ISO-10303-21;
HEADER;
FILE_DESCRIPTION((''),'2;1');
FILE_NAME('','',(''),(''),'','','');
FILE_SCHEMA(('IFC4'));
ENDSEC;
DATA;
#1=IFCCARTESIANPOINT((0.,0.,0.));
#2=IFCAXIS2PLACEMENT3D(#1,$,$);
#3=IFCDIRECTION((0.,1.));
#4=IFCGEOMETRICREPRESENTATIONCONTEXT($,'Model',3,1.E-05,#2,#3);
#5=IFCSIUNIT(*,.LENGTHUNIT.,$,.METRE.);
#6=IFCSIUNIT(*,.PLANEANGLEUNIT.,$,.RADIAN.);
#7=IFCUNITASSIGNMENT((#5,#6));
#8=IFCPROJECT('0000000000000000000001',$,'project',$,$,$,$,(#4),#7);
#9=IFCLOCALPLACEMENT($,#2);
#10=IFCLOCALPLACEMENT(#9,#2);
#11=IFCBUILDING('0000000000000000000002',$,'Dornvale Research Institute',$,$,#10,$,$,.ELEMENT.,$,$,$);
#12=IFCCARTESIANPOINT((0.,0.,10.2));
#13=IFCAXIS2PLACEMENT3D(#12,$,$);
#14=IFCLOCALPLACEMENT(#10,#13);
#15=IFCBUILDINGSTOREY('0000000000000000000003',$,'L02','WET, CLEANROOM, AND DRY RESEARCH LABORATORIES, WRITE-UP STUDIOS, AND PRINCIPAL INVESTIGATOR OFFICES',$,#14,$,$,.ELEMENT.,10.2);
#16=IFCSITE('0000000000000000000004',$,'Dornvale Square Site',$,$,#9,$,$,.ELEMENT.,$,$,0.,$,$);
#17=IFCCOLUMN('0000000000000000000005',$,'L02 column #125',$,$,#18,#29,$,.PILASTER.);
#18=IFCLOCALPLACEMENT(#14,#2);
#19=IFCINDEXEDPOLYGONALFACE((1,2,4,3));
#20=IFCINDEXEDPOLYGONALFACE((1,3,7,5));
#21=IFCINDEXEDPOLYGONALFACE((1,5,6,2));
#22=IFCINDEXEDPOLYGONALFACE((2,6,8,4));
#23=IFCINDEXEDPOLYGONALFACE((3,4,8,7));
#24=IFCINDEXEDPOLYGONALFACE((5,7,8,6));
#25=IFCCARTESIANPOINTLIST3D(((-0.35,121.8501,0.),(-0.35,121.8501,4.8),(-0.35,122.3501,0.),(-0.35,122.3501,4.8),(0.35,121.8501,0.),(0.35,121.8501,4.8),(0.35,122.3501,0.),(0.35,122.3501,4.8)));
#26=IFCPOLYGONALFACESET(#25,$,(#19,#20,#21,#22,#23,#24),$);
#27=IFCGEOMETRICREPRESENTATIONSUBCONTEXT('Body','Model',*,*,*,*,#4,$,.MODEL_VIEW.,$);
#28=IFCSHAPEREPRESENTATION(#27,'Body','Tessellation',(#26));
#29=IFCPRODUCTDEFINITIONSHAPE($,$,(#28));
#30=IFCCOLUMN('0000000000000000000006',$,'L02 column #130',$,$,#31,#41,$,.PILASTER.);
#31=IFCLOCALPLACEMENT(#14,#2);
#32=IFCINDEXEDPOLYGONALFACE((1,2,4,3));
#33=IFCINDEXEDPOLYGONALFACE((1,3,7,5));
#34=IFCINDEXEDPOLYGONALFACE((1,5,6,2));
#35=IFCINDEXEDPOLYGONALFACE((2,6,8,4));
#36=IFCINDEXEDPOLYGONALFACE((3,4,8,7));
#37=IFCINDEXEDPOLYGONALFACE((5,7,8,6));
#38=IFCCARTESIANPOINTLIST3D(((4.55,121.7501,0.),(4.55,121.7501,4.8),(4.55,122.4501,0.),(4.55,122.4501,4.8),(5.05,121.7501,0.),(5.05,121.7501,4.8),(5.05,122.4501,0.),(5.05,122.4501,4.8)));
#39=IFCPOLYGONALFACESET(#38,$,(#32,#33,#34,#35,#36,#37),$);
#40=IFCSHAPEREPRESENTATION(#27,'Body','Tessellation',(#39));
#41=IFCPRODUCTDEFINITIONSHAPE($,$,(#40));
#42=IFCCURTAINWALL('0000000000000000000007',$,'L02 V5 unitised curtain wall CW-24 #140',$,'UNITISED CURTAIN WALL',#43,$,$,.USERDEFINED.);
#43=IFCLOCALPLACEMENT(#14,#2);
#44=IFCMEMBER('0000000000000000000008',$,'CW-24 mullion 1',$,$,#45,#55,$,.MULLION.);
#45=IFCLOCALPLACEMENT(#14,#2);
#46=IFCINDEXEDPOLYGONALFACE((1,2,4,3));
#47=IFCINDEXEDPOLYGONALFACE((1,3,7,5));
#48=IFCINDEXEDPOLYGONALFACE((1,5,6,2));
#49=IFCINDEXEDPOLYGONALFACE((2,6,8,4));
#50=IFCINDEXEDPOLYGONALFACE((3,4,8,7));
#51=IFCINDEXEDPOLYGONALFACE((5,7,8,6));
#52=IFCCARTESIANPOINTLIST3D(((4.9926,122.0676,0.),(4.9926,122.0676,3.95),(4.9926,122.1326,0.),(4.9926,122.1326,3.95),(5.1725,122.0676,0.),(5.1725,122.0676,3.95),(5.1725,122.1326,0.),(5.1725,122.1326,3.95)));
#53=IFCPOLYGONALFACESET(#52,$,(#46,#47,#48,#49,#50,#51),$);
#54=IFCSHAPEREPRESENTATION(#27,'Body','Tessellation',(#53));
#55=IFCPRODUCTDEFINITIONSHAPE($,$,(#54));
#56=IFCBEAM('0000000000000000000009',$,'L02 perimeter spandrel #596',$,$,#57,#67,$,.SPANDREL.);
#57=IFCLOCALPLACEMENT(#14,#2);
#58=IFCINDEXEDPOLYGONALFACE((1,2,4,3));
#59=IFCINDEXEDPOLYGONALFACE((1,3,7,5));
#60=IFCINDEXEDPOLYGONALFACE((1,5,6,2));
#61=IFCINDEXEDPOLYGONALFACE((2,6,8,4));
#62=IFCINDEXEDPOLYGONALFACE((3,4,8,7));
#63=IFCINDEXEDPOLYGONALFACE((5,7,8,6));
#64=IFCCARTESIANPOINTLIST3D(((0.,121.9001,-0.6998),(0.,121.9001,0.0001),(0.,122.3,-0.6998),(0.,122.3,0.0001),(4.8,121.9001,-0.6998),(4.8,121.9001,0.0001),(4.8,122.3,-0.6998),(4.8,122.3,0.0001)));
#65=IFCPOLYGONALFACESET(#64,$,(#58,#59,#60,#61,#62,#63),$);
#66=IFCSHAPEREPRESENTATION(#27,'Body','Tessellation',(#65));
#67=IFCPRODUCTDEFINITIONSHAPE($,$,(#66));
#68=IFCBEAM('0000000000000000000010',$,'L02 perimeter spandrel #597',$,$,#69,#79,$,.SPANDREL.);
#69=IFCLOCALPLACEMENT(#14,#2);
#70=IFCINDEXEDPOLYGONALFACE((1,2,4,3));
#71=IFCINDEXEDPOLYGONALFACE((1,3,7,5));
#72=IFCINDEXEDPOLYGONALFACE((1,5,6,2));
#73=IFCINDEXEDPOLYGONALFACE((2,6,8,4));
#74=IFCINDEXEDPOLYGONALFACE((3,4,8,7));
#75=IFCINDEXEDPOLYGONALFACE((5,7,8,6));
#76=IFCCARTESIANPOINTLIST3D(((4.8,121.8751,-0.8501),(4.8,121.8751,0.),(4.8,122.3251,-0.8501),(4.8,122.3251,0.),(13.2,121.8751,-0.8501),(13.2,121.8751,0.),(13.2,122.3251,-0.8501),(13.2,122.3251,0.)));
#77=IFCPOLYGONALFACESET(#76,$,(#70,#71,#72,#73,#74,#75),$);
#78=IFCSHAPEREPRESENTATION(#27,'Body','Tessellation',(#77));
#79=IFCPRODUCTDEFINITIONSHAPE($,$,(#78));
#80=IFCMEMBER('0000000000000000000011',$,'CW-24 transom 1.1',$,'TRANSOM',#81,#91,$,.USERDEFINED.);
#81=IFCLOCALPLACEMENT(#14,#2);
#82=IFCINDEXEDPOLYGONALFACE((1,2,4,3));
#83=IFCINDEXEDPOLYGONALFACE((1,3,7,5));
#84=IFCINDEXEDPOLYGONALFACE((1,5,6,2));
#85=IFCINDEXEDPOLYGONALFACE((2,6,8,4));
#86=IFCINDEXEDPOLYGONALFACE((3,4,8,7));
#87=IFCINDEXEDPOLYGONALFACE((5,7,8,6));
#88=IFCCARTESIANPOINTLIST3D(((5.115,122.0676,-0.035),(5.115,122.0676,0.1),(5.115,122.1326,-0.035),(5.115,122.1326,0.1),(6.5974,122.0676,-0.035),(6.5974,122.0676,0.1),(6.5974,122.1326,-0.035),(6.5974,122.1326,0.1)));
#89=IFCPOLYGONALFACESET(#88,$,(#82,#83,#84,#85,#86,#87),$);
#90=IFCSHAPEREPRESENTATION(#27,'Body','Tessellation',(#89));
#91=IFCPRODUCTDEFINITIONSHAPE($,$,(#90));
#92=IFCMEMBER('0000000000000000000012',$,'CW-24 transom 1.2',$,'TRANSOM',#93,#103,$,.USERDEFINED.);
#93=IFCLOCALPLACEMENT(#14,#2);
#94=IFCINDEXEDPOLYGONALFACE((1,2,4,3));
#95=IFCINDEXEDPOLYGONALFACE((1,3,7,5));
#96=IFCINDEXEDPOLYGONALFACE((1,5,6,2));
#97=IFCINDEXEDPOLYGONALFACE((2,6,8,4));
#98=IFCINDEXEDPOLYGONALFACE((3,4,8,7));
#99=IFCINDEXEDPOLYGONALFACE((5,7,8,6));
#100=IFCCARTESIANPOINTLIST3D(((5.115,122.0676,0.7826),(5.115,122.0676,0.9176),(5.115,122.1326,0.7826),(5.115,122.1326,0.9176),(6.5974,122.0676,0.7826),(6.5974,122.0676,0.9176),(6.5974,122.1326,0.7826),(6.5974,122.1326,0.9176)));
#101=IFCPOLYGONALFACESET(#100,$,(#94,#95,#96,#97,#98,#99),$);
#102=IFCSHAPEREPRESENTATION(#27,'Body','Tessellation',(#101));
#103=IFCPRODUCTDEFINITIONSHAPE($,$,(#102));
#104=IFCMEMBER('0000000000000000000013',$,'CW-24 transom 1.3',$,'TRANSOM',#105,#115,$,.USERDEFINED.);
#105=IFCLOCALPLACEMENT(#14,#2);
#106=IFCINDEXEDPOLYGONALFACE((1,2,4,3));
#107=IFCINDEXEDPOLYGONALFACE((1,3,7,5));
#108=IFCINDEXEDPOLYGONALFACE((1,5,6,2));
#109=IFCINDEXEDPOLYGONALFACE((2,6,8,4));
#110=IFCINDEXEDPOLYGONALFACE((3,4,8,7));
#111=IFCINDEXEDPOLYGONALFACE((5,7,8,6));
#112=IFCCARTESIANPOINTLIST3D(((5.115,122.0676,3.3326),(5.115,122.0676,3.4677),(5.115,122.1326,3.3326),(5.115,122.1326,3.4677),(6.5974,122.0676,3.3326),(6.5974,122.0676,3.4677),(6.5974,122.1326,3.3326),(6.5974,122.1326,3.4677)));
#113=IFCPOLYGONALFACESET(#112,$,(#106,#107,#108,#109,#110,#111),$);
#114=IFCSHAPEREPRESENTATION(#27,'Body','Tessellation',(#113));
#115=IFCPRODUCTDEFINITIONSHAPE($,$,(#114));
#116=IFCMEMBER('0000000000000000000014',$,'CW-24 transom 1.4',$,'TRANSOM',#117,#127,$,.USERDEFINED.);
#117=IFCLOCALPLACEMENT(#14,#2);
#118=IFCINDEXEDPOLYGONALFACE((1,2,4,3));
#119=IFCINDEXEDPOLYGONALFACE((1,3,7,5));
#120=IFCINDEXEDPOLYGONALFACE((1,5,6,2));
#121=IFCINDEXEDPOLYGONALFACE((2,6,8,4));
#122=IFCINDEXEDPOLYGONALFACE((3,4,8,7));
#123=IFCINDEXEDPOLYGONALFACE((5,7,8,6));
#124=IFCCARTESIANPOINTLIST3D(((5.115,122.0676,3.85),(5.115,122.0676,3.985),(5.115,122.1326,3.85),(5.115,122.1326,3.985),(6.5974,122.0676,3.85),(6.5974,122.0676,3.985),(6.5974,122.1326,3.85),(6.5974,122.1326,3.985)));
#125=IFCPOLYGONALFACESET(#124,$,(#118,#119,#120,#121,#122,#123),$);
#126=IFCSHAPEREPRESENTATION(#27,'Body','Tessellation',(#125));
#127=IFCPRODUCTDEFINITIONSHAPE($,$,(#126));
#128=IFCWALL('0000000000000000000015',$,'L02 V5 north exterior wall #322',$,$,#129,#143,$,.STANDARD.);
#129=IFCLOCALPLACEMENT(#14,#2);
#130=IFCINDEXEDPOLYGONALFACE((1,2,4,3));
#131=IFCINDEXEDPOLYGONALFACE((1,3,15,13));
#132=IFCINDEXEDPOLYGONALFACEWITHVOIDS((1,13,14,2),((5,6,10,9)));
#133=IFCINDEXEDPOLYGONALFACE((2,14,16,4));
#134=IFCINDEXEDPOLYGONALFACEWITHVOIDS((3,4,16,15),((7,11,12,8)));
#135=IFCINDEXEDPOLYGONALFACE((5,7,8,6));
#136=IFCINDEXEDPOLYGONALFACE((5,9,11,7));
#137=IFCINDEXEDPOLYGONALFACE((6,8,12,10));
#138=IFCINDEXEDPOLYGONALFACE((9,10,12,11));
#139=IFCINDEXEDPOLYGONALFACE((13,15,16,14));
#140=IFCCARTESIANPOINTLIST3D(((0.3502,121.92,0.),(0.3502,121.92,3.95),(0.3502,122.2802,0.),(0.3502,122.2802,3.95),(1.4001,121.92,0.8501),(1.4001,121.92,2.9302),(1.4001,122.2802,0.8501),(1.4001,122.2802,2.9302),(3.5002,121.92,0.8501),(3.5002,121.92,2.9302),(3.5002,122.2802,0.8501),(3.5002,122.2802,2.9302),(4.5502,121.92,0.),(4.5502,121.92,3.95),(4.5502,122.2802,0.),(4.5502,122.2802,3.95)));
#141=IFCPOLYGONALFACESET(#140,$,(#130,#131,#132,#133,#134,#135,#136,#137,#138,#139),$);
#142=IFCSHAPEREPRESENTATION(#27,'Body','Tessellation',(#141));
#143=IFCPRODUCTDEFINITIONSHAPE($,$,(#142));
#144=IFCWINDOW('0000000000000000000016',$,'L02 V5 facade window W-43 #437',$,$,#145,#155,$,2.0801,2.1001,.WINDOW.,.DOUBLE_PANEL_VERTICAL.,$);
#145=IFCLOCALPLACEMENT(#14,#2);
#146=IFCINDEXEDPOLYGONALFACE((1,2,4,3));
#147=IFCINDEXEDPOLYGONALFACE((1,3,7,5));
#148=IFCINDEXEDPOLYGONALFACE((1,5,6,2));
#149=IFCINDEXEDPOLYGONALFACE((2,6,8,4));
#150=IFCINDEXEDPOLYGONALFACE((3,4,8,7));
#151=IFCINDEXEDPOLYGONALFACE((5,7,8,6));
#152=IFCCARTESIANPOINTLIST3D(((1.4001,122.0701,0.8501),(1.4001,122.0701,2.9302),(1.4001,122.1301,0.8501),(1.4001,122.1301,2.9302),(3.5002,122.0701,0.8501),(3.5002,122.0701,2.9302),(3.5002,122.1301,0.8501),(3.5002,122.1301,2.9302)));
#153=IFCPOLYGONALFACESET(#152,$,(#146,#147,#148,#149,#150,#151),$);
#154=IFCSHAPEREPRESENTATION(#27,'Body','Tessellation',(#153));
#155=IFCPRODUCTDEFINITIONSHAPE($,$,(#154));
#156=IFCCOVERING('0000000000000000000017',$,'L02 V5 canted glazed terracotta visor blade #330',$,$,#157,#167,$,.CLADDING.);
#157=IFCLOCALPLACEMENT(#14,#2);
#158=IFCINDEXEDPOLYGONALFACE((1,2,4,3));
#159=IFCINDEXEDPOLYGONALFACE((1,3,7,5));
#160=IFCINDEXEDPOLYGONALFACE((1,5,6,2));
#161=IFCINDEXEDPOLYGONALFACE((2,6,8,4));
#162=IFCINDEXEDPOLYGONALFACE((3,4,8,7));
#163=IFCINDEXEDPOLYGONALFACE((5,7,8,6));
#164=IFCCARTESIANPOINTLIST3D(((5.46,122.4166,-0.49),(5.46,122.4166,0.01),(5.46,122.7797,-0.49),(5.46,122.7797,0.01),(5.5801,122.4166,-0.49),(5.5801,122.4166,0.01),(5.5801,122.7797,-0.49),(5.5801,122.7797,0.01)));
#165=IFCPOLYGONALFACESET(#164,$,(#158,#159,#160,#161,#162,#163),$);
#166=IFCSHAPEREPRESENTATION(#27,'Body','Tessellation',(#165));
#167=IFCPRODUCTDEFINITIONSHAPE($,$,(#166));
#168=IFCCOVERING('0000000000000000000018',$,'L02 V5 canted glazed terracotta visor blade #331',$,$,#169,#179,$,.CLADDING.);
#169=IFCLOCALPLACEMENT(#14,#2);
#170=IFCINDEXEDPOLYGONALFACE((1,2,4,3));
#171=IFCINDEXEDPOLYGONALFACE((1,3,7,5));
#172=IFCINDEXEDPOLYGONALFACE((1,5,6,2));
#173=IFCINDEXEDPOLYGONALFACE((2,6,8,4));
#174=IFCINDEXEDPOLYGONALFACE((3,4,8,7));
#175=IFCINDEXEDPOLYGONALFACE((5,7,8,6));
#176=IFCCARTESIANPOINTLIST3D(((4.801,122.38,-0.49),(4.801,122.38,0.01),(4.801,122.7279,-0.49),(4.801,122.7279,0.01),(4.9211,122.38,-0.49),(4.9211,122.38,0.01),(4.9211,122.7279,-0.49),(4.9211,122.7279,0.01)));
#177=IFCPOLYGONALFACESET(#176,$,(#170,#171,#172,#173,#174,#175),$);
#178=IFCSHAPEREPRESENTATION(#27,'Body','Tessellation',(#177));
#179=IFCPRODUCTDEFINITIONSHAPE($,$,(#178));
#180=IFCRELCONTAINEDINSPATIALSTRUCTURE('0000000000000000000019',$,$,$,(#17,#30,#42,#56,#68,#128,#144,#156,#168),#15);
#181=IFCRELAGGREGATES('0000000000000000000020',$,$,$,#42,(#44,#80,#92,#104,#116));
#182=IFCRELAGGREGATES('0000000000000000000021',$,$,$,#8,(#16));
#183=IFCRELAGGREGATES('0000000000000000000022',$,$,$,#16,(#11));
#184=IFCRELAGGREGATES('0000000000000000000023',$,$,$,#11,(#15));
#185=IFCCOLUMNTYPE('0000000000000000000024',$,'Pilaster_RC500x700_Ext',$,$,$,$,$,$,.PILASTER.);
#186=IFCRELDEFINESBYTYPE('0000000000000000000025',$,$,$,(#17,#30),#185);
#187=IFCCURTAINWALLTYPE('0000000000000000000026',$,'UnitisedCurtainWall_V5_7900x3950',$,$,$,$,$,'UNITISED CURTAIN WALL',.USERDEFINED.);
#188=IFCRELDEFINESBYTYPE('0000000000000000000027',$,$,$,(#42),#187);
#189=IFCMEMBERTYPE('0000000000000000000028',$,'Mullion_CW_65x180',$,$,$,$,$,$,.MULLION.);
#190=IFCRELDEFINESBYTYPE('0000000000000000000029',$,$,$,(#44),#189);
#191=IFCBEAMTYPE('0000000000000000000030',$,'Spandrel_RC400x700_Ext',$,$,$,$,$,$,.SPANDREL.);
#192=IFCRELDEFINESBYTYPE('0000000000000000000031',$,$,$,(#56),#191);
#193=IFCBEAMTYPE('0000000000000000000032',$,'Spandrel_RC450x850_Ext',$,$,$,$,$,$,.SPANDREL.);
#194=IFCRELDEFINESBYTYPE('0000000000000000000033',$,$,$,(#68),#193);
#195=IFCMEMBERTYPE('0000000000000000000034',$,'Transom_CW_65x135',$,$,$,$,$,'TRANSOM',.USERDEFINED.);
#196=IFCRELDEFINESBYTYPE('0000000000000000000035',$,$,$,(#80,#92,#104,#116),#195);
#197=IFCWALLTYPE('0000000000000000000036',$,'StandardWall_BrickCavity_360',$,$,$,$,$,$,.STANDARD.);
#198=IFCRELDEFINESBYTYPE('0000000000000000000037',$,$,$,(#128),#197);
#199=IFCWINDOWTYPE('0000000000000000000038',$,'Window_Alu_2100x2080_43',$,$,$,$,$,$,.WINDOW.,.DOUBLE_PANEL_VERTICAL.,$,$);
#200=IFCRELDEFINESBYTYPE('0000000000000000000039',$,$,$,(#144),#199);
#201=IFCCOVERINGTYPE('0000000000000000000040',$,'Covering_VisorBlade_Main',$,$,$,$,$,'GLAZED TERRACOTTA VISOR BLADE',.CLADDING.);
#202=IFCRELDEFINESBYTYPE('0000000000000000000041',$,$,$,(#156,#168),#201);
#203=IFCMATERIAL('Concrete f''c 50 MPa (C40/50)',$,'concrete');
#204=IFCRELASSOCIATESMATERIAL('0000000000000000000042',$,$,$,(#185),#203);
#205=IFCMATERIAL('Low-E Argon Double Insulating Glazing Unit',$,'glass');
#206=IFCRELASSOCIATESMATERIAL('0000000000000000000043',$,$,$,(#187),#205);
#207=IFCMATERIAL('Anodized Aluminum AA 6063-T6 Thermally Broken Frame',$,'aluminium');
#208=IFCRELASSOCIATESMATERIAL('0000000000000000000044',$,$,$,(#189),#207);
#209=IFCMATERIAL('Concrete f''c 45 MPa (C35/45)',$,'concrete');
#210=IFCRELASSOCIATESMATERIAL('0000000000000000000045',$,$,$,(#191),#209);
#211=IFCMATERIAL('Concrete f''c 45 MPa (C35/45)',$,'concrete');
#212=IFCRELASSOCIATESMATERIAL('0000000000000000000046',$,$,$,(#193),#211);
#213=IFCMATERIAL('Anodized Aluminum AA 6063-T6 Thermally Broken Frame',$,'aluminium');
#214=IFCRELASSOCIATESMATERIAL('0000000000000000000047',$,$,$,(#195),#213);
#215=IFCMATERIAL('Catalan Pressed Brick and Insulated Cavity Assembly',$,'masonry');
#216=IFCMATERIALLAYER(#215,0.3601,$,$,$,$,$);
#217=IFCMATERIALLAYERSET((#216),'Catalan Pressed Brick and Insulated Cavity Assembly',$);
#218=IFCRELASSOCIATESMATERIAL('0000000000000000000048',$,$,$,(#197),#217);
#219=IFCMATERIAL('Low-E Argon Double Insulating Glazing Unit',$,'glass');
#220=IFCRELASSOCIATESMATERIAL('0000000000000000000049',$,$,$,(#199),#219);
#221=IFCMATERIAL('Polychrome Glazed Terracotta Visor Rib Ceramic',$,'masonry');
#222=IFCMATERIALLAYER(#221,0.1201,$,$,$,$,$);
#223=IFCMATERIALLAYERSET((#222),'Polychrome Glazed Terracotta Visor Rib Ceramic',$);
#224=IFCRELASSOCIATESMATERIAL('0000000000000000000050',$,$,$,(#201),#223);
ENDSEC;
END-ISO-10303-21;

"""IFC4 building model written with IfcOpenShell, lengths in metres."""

from ifc_helpers import new_model, si_unit, direction, frame, frame_2d, origin, origin_2d, place, context, subcontext, project, spatial, rectangle, extrude, material, layer, layer_set, material_profile, profile_set, type_object, element, fill, aggregate, save


model = new_model("IFC4")

# Units and contexts
model_context = context("Model", 3, precision=1e-05, world=origin(), true_north=direction((0.0, 1.0)))
body_context = subcontext(model_context, "Body", "Model", "MODEL_VIEW")
ifc_project = project(units=[si_unit("LENGTHUNIT", "METRE"), si_unit("PLANEANGLEUNIT", "RADIAN")], contexts=[model_context])

# Site, building, storey
site_placement = place(None, origin())
site = spatial("IfcSite", under=ifc_project, at=site_placement, Name="Dornvale Square Site", CompositionType="ELEMENT", RefElevation=0.0)
building_placement = place(site_placement, origin())
building = spatial("IfcBuilding", under=site, at=building_placement, Name="Dornvale Research Institute", CompositionType="ELEMENT")
storey_placement = place(building_placement, frame((0.0, 0.0, 10.2)))
storey = spatial("IfcBuildingStorey", under=building, at=storey_placement, Name="L02", Description="WET, CLEANROOM, AND DRY RESEARCH LABORATORIES, WRITE-UP STUDIOS, AND PRINCIPAL INVESTIGATOR OFFICES", CompositionType="ELEMENT", Elevation=10.2)

# Columns
ifc_material_1 = material(Name="Concrete f'c 50 MPa (C40/50)", Category="concrete")
ifc_material_profile_1 = material_profile(ifc_material_1, rectangle(XDim=0.5, YDim=0.7, at=origin_2d()), Name="RC 500x700")
ifc_profile_set_1 = profile_set([ifc_material_profile_1], Name="Concrete f'c 50 MPa (C40/50)")
column_type = type_object("IfcColumnType", Name="Pilaster_RC500x700_Ext", PredefinedType="PILASTER", material=ifc_profile_set_1)
for number, where, z_axis, x_axis, name in (
    (1, (0.0, 122.1001, 0.0), (0.0, 0.0, 1.0), (0.0, 1.0, 0.0), "L02 column #125"),
    (2, (4.8, 122.1001, 0.0), (0.0, 0.0, 1.0), (1.0, 0.0, 0.0), "L02 column #130"),
):
    element("IfcColumn", number, at=place(storey_placement, frame(where, z_axis=z_axis, x_axis=x_axis)), inside=storey, type_object=column_type, Name=name, PredefinedType="PILASTER", context=body_context, shape_type="SweptSolid", body=[
        extrude(rectangle(XDim=0.5, YDim=0.7, at=origin_2d()), origin(), (0.0, 0.0, 1.0), 4.8),
    ])

# Curtain wall, member
ifc_material_2 = material(Name="Low-E Argon Double Insulating Glazing Unit", Category="glass")
curtain_wall_type = type_object("IfcCurtainWallType", Name="UnitisedCurtainWall_V5_7900x3950", ElementType="UNITISED CURTAIN WALL", PredefinedType="USERDEFINED", material=ifc_material_2)
curtain_wall_placement = place(storey_placement, origin())
curtain_wall = element("IfcCurtainWall", 3, at=curtain_wall_placement, inside=storey, type_object=curtain_wall_type, Name="L02 V5 unitised curtain wall CW-24 #140", ObjectType="UNITISED CURTAIN WALL", PredefinedType="USERDEFINED")
ifc_material_3 = material(Name="Anodized Aluminum AA 6063-T6 Thermally Broken Frame", Category="aluminium")
ifc_material_profile_2 = material_profile(ifc_material_3, rectangle(XDim=0.0649, YDim=0.1799, at=origin_2d()), Name="ALU MULLION 65x180")
ifc_profile_set_2 = profile_set([ifc_material_profile_2], Name="Anodized Aluminum AA 6063-T6 Thermally Broken Frame")
member_type_1 = type_object("IfcMemberType", Name="Mullion_CW_65x180", PredefinedType="MULLION", material=ifc_profile_set_2)
member_1_placement = place(storey_placement, frame((5.0825, 122.1001, 0.0), z_axis=(0.0, 0.0, 1.0), x_axis=(0.0, 1.0, 0.0)))
member_1 = element("IfcMember", 4, at=member_1_placement, type_object=member_type_1, Name="CW-24 mullion 1", PredefinedType="MULLION", context=body_context, shape_type="SweptSolid", body=[
    extrude(rectangle(XDim=0.0649, YDim=0.1799, at=origin_2d()), origin(), (0.0, 0.0, 1.0), 3.95),
])

# Beams
ifc_material_4 = material(Name="Concrete f'c 45 MPa (C35/45)", Category="concrete")
ifc_material_profile_3 = material_profile(ifc_material_4, rectangle(XDim=0.3999, YDim=0.7, at=origin_2d()), Name="RC 400x700")
ifc_profile_set_3 = profile_set([ifc_material_profile_3], Name="Concrete f'c 45 MPa (C35/45)")
beam_type_1 = type_object("IfcBeamType", Name="Spandrel_RC400x700_Ext", PredefinedType="SPANDREL", material=ifc_profile_set_3)
beam_1_placement = place(storey_placement, frame((0.0, 122.1001, -0.3499), z_axis=(1.0, 0.0, 0.0), x_axis=(0.0, 1.0, 0.0)))
element("IfcBeam", 5, at=beam_1_placement, inside=storey, type_object=beam_type_1, Name="L02 perimeter spandrel #596", PredefinedType="SPANDREL", context=body_context, shape_type="SweptSolid", body=[
    extrude(rectangle(XDim=0.3999, YDim=0.7, at=origin_2d()), origin(), (0.0, 0.0, 1.0), 4.8),
])
ifc_material_5 = material(Name="Concrete f'c 45 MPa (C35/45)", Category="concrete")
ifc_material_profile_4 = material_profile(ifc_material_5, rectangle(XDim=0.45, YDim=0.8501, at=origin_2d()), Name="RC 450x850")
ifc_profile_set_4 = profile_set([ifc_material_profile_4], Name="Concrete f'c 45 MPa (C35/45)")
beam_type_2 = type_object("IfcBeamType", Name="Spandrel_RC450x850_Ext", PredefinedType="SPANDREL", material=ifc_profile_set_4)
beam_2_placement = place(storey_placement, frame((4.8, 122.1001, -0.425), z_axis=(1.0, 0.0, 0.0), x_axis=(0.0, 1.0, 0.0)))
element("IfcBeam", 6, at=beam_2_placement, inside=storey, type_object=beam_type_2, Name="L02 perimeter spandrel #597", PredefinedType="SPANDREL", context=body_context, shape_type="SweptSolid", body=[
    extrude(rectangle(XDim=0.45, YDim=0.8501, at=origin_2d()), origin(), (0.0, 0.0, 1.0), 8.3999),
])

# Members
ifc_material_6 = material(Name="Anodized Aluminum AA 6063-T6 Thermally Broken Frame", Category="aluminium")
ifc_material_profile_5 = material_profile(ifc_material_6, rectangle(XDim=0.0649, YDim=0.135, at=origin_2d()), Name="ALU TRANSOM 65x135")
ifc_profile_set_5 = profile_set([ifc_material_profile_5], Name="Anodized Aluminum AA 6063-T6 Thermally Broken Frame")
member_type_2 = type_object("IfcMemberType", Name="Transom_CW_65x135", ElementType="TRANSOM", PredefinedType="USERDEFINED", material=ifc_profile_set_5)
member_2_placement = place(storey_placement, frame((5.115, 122.1001, 0.0325), z_axis=(1.0, 0.0, 0.0), x_axis=(0.0, 1.0, 0.0)))
member_2 = element("IfcMember", 7, at=member_2_placement, type_object=member_type_2, Name="CW-24 transom 1.1", ObjectType="TRANSOM", PredefinedType="USERDEFINED", context=body_context, shape_type="SweptSolid", body=[
    extrude(rectangle(XDim=0.0649, YDim=0.135, at=origin_2d()), origin(), (0.0, 0.0, 1.0), 1.4824),
])
member_3_placement = place(storey_placement, frame((5.115, 122.1001, 0.8501), z_axis=(1.0, 0.0, 0.0), x_axis=(0.0, 1.0, 0.0)))
member_3 = element("IfcMember", 8, at=member_3_placement, type_object=member_type_2, Name="CW-24 transom 1.2", ObjectType="TRANSOM", PredefinedType="USERDEFINED", context=body_context, shape_type="SweptSolid", body=[
    extrude(rectangle(XDim=0.0649, YDim=0.135, at=origin_2d()), origin(), (0.0, 0.0, 1.0), 1.4824),
])
member_4_placement = place(storey_placement, frame((5.115, 122.1001, 3.4001), z_axis=(1.0, 0.0, 0.0), x_axis=(0.0, 1.0, 0.0)))
member_4 = element("IfcMember", 9, at=member_4_placement, type_object=member_type_2, Name="CW-24 transom 1.3", ObjectType="TRANSOM", PredefinedType="USERDEFINED", context=body_context, shape_type="SweptSolid", body=[
    extrude(rectangle(XDim=0.0649, YDim=0.135, at=origin_2d()), origin(), (0.0, 0.0, 1.0), 1.4824),
])
member_5_placement = place(storey_placement, frame((5.115, 122.1001, 3.9175), z_axis=(1.0, 0.0, 0.0), x_axis=(0.0, 1.0, 0.0)))
member_5 = element("IfcMember", 10, at=member_5_placement, type_object=member_type_2, Name="CW-24 transom 1.4", ObjectType="TRANSOM", PredefinedType="USERDEFINED", context=body_context, shape_type="SweptSolid", body=[
    extrude(rectangle(XDim=0.0649, YDim=0.135, at=origin_2d()), origin(), (0.0, 0.0, 1.0), 1.4824),
])
aggregate(curtain_wall, [member_1, member_2, member_3, member_4, member_5])

# Wall, opening, window
ifc_material_7 = material(Name="Catalan Pressed Brick and Insulated Cavity Assembly", Category="masonry")
ifc_layer_1 = layer(ifc_material_7, 0.3601)
ifc_layer_set_1 = layer_set([ifc_layer_1], Name="Catalan Pressed Brick and Insulated Cavity Assembly")
wall_type = type_object("IfcWallType", Name="StandardWall_BrickCavity_360", PredefinedType="STANDARD", material=ifc_layer_set_1)
wall_placement = place(storey_placement, frame((0.3501, 122.1001, 0.0), z_axis=(0.0, 0.0, 1.0), x_axis=(1.0, 0.0, 0.0)))
wall = element("IfcWall", 11, at=wall_placement, inside=storey, type_object=wall_type, Name="L02 V5 north exterior wall #322", PredefinedType="STANDARD", context=body_context, shape_type="SweptSolid", body=[
    extrude(rectangle(XDim=4.2, YDim=0.3601, at=frame_2d((2.1001, 0.0))), origin(), (0.0, 0.0, 1.0), 3.95),
])
opening_placement = place(wall_placement, frame((1.05, 0.0, 0.8501)))
opening = element("IfcOpeningElement", 12, at=opening_placement, cuts=wall, PredefinedType="OPENING", context=body_context, shape_type="SweptSolid", body=[
    extrude(rectangle(XDim=2.1001, YDim=2.0801, at=frame_2d((1.05, 1.04))), frame((0.0, 0.1951, 0.0), z_axis=(0.0, -1.0, 0.0), x_axis=(1.0, 0.0, 0.0)), (0.0, 0.0, 1.0), 0.3901),
])
ifc_material_8 = material(Name="Low-E Argon Double Insulating Glazing Unit", Category="glass")
window_type = type_object("IfcWindowType", Name="Window_Alu_2100x2080_43", PartitioningType="DOUBLE_PANEL_VERTICAL", PredefinedType="WINDOW", material=ifc_material_8)
window_placement = place(opening_placement, origin())
window = element("IfcWindow", 13, at=window_placement, inside=storey, type_object=window_type, Name="L02 V5 facade window W-43 #437", OverallHeight=2.0801, OverallWidth=2.1001, PartitioningType="DOUBLE_PANEL_VERTICAL", PredefinedType="WINDOW", context=body_context, shape_type="SweptSolid", body=[
    extrude(rectangle(XDim=2.1001, YDim=2.0801, at=frame_2d((1.05, 1.04))), frame((0.0, 0.03, 0.0), z_axis=(0.0, -1.0, 0.0), x_axis=(1.0, 0.0, 0.0)), (0.0, 0.0, 1.0), 0.0601),
])
fill(opening, window)

# Coverings
ifc_material_9 = material(Name="Polychrome Glazed Terracotta Visor Rib Ceramic", Category="masonry")
ifc_layer_2 = layer(ifc_material_9, 0.1201)
ifc_layer_set_2 = layer_set([ifc_layer_2], Name="Polychrome Glazed Terracotta Visor Rib Ceramic")
covering_type = type_object("IfcCoveringType", Name="Covering_VisorBlade_Main", ElementType="GLAZED TERRACOTTA VISOR BLADE", PredefinedType="CLADDING", material=ifc_layer_set_2)
covering_1_placement = place(storey_placement, frame((5.52, 122.5981, -0.49), z_axis=(0.0, 0.0, 1.0), x_axis=(0.0, 1.0, 0.0)))
element("IfcCovering", 14, at=covering_1_placement, inside=storey, type_object=covering_type, Name="L02 V5 canted glazed terracotta visor blade #330", PredefinedType="CLADDING", context=body_context, shape_type="SweptSolid", body=[
    extrude(rectangle(XDim=0.363, YDim=0.1201, at=origin_2d()), origin(), (0.0, 0.0, 1.0), 0.5),
])
covering_2_placement = place(storey_placement, frame((4.8611, 122.554, -0.49), z_axis=(0.0, 0.0, 1.0), x_axis=(0.0, 1.0, 0.0)))
element("IfcCovering", 15, at=covering_2_placement, inside=storey, type_object=covering_type, Name="L02 V5 canted glazed terracotta visor blade #331", PredefinedType="CLADDING", context=body_context, shape_type="SweptSolid", body=[
    extrude(rectangle(XDim=0.3479, YDim=0.1201, at=origin_2d()), origin(), (0.0, 0.0, 1.0), 0.5),
])

save(model, "model.ifc")
